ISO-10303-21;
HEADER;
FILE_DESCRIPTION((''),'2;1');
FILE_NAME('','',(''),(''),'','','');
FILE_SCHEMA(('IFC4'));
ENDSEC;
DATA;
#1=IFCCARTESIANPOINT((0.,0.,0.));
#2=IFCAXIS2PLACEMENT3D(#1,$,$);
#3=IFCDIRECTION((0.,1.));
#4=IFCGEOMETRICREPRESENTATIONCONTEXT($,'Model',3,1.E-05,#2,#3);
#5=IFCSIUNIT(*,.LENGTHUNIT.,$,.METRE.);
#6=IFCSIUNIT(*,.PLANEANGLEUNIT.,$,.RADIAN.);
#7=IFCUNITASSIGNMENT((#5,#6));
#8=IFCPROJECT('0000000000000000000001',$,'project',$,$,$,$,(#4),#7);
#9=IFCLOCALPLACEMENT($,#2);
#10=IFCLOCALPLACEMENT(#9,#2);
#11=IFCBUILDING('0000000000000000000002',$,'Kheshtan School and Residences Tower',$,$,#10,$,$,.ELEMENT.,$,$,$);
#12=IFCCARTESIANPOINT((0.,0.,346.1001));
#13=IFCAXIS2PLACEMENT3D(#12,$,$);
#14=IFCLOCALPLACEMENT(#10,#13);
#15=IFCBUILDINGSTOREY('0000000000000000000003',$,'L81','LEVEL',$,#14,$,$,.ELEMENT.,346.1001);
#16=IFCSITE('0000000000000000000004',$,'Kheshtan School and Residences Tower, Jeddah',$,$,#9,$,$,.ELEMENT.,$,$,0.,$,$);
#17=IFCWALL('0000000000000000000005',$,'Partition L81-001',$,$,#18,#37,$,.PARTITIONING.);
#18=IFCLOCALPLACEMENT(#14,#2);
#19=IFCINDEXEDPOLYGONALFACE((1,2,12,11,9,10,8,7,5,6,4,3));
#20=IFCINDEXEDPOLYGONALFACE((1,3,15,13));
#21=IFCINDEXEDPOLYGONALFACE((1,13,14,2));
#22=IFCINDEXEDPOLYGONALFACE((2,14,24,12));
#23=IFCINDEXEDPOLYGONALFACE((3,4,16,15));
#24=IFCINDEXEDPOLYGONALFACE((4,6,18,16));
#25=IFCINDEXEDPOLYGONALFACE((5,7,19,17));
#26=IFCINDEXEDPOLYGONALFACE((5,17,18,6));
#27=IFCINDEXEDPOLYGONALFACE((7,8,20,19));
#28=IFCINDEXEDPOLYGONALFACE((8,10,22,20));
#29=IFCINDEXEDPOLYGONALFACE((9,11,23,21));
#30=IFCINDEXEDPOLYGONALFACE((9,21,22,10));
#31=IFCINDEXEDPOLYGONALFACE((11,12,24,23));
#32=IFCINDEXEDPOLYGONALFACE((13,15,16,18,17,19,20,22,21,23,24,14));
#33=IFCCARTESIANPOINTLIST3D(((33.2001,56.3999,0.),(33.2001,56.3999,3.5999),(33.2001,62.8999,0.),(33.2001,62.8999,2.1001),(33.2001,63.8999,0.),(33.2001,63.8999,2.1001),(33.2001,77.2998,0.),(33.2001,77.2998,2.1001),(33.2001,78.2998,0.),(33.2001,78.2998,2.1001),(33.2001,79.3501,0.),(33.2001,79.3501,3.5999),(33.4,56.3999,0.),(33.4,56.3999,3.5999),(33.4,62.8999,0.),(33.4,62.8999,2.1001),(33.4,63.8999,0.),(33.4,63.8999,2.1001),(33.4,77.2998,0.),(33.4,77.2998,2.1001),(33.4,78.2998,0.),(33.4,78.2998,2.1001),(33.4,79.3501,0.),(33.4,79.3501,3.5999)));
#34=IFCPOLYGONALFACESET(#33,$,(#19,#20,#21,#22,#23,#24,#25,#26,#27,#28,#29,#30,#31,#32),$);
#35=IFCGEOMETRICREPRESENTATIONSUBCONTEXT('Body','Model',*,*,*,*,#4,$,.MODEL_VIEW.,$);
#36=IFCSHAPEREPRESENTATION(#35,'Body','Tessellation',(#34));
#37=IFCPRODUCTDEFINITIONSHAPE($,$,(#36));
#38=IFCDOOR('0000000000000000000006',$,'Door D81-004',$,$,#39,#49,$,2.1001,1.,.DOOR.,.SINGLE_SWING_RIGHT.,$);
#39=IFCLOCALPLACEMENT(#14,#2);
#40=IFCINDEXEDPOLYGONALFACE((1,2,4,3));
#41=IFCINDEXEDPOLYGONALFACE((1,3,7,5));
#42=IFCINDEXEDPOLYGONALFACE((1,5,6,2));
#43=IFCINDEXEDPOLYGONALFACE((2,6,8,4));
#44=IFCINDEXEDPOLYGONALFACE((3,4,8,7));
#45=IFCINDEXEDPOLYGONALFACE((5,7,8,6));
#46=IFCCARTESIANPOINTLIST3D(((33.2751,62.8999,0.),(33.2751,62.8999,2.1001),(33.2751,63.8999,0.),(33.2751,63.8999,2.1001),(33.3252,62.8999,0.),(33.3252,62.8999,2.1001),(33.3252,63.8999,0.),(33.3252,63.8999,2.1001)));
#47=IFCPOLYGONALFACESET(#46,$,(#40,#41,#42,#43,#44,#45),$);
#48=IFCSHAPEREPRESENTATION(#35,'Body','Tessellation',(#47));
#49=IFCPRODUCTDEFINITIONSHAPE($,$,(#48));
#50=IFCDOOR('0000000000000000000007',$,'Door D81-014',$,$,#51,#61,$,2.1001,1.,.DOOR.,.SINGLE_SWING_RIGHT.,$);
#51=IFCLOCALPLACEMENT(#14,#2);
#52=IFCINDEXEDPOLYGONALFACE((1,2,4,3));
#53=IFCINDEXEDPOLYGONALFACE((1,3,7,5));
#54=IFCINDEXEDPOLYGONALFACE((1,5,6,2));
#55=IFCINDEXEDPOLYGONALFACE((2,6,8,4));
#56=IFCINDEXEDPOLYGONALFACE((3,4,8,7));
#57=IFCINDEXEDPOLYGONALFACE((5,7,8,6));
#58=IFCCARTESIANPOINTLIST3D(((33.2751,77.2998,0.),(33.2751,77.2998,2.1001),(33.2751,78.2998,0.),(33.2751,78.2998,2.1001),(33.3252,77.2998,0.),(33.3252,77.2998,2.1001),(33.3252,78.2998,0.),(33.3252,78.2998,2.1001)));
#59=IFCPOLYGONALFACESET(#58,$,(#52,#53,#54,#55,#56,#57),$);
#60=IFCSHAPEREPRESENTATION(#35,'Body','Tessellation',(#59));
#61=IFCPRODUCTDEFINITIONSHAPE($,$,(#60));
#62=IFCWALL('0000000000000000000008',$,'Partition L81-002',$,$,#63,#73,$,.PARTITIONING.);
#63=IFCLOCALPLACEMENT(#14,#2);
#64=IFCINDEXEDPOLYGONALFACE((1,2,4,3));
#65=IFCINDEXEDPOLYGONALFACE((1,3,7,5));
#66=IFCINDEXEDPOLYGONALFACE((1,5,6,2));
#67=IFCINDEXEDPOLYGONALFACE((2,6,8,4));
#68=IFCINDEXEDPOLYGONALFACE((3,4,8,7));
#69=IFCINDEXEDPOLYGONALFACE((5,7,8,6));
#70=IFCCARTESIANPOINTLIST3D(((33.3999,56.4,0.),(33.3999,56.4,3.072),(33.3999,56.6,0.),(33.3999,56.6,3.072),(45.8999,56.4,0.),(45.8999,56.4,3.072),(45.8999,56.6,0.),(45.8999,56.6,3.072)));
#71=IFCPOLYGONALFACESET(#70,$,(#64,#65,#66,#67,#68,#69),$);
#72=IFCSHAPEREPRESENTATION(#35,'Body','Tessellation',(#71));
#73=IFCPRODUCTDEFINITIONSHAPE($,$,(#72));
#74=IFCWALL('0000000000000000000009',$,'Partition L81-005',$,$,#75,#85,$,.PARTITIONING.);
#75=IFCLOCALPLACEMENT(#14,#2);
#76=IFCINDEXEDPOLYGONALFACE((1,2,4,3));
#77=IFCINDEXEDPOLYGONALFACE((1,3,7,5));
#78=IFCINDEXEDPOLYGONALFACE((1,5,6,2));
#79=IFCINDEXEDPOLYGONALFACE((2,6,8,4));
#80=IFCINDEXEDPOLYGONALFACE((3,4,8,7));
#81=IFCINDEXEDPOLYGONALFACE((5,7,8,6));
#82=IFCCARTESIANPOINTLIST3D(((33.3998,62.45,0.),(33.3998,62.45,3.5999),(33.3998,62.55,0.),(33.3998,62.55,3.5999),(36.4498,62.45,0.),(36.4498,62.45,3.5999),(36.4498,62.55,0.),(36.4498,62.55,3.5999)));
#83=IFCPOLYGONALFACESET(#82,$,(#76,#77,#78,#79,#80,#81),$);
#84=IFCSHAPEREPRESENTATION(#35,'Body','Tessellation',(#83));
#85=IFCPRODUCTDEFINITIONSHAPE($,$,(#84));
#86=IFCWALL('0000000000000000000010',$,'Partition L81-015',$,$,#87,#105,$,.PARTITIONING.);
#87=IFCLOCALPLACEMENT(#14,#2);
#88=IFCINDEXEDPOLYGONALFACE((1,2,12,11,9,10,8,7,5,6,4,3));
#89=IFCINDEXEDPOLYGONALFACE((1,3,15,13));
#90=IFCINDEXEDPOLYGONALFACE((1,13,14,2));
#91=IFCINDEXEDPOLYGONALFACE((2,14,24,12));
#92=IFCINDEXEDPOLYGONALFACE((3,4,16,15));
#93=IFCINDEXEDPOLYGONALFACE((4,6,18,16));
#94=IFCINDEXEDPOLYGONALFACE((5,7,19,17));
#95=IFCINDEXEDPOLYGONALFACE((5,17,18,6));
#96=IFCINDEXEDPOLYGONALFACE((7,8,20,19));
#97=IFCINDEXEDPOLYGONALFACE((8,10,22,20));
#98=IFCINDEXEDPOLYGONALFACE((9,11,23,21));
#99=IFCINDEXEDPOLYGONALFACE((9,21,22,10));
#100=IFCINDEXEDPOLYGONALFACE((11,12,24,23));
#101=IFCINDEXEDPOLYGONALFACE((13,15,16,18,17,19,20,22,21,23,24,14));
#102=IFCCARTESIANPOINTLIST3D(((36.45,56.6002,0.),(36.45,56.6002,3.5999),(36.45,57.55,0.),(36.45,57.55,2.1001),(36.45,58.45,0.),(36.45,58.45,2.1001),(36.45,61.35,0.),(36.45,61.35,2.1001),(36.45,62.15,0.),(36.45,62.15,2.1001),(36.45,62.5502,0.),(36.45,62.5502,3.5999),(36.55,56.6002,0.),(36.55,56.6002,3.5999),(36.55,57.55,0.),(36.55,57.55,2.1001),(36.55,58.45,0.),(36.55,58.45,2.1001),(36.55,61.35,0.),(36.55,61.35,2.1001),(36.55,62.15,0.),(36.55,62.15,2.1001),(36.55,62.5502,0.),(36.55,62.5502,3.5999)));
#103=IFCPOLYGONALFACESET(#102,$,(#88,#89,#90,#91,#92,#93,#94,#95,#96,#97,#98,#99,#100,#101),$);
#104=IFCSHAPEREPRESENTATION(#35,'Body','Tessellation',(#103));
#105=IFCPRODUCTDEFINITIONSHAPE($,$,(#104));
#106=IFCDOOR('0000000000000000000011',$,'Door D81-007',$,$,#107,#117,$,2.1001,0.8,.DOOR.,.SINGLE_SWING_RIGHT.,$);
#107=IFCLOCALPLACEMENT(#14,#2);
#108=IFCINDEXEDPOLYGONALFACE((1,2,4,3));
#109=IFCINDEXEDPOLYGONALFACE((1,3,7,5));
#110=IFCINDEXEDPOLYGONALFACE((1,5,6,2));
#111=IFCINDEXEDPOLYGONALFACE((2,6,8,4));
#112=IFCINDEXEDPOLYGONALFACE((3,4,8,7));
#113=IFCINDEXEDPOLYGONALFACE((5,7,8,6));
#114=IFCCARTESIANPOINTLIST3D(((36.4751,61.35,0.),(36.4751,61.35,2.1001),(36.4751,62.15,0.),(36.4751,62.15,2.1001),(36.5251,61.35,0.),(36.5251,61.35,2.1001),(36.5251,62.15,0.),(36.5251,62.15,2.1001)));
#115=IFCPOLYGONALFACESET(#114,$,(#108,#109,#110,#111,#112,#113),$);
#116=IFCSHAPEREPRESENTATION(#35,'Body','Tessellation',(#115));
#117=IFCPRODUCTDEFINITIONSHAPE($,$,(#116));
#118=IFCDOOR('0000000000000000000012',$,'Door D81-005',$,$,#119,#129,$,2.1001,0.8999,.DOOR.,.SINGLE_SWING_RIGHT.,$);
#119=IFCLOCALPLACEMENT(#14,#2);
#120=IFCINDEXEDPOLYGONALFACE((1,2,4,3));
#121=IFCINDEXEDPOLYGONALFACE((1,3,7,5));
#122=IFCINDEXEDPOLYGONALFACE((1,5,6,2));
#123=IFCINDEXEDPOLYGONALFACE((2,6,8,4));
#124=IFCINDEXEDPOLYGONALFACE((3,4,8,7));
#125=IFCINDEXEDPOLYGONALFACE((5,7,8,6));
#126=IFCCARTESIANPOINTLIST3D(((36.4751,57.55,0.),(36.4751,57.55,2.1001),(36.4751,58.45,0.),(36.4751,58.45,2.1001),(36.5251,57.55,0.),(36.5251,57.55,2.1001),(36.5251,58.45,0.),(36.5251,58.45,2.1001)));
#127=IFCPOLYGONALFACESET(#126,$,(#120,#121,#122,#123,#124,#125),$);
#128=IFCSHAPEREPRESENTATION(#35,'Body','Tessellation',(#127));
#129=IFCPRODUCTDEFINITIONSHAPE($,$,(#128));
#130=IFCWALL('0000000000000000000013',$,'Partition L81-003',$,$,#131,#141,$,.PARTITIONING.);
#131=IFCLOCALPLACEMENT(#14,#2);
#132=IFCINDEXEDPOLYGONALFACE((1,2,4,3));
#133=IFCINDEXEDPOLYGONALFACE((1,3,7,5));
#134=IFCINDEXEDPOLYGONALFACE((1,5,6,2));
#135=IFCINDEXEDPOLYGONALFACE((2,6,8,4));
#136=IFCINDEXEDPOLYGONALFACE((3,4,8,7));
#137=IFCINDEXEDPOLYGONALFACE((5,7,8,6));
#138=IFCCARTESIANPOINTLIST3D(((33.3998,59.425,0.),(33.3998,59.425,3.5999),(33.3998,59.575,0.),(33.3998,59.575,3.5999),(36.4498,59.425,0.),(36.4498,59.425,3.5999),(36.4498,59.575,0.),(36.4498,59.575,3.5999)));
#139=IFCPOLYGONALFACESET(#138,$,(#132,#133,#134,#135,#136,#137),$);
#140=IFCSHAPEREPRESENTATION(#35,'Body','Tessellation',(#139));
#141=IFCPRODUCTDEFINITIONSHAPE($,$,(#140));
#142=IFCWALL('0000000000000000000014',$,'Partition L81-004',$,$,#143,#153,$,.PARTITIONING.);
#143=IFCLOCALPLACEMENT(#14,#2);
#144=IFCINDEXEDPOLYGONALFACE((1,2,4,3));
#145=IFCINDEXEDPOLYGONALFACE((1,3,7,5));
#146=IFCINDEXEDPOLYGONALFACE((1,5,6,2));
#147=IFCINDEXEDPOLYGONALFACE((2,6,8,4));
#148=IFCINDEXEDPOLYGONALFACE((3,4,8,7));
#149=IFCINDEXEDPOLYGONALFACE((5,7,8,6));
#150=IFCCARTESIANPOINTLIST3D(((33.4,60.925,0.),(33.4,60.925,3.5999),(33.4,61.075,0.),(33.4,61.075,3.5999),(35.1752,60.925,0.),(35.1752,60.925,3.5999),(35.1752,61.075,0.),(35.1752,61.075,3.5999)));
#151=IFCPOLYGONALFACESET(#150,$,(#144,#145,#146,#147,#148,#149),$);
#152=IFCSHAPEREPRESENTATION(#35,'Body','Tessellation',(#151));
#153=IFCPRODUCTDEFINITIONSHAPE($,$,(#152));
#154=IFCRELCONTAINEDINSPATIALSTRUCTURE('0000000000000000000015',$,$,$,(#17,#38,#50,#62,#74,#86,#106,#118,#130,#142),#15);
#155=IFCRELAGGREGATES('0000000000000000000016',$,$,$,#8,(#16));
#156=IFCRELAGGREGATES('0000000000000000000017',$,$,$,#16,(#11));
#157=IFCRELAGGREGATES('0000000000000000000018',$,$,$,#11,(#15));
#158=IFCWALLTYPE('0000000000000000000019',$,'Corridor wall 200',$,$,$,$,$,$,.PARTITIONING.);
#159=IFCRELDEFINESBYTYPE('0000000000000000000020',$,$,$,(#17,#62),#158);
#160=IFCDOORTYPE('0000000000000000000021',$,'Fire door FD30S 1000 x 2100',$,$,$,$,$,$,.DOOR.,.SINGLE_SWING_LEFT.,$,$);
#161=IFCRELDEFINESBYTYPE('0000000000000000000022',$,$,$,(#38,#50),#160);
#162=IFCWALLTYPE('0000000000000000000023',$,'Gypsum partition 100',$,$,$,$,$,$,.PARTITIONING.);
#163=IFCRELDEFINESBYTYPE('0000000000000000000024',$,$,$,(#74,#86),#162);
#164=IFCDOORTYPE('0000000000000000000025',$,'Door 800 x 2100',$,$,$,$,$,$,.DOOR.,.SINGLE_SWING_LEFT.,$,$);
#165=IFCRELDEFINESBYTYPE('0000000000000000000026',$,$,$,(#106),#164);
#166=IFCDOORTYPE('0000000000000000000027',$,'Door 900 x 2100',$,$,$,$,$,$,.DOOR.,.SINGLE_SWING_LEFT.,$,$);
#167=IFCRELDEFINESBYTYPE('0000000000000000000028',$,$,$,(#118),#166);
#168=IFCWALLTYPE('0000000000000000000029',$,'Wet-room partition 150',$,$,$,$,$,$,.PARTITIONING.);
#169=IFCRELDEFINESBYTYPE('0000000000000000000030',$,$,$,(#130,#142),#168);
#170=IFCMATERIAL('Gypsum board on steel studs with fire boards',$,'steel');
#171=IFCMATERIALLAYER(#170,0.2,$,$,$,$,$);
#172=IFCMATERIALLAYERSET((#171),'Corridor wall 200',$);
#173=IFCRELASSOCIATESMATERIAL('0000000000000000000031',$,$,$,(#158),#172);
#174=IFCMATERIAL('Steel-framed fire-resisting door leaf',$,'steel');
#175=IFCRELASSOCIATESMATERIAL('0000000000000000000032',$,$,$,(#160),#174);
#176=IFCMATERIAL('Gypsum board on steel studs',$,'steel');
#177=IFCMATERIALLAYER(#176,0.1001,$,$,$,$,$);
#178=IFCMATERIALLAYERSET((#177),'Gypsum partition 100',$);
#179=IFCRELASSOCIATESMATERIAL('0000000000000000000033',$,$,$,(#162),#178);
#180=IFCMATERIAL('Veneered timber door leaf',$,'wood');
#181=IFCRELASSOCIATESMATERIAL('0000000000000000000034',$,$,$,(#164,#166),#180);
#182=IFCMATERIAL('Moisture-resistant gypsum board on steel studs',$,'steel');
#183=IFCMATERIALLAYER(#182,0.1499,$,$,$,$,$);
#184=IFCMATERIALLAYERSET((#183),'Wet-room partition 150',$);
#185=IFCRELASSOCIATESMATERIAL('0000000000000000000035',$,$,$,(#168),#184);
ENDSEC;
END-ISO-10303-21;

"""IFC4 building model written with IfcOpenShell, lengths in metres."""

from ifc_helpers import new_model, si_unit, direction, frame, frame_2d, origin, place, context, subcontext, project, spatial, rectangle, extrude, source, transform, mapped, material, layer, layer_set, type_object, element, fill, save


model = new_model("IFC4")

# Units and contexts
model_context = context("Model", 3, precision=1e-05, world=origin(), true_north=direction((0.0, 1.0)))
body_context = subcontext(model_context, "Body", "Model", "MODEL_VIEW")
ifc_project = project(units=[si_unit("LENGTHUNIT", "METRE"), si_unit("PLANEANGLEUNIT", "RADIAN")], contexts=[model_context])

# Site, building, storey
site_placement = place(None, origin())
site = spatial("IfcSite", under=ifc_project, at=site_placement, Name="Kheshtan School and Residences Tower, Jeddah", CompositionType="ELEMENT", RefElevation=0.0)
building_placement = place(site_placement, origin())
building = spatial("IfcBuilding", under=site, at=building_placement, Name="Kheshtan School and Residences Tower", CompositionType="ELEMENT")
storey_placement = place(building_placement, frame((0.0, 0.0, 346.1001)))
storey = spatial("IfcBuildingStorey", under=building, at=storey_placement, Name="L81", Description="LEVEL", CompositionType="ELEMENT", Elevation=346.1001)

# Wall, openings, doors
ifc_material_1 = material(Name="Gypsum board on steel studs with fire boards", Category="steel")
ifc_layer_1 = layer(ifc_material_1, 0.2)
ifc_layer_set_1 = layer_set([ifc_layer_1], Name="Corridor wall 200")
wall_type_1 = type_object("IfcWallType", Name="Corridor wall 200", PredefinedType="PARTITIONING", material=ifc_layer_set_1)
wall_1_placement = place(storey_placement, frame((33.3, 56.3999, 0.0), z_axis=(0.0, 0.0, 1.0), x_axis=(0.0, 1.0, 0.0)))
wall_1 = element("IfcWall", 1, at=wall_1_placement, inside=storey, type_object=wall_type_1, Name="Partition L81-001", PredefinedType="PARTITIONING", context=body_context, shape_type="SweptSolid", body=[
    extrude(rectangle(XDim=22.9502, YDim=0.2, at=frame_2d((11.4751, 0.0))), origin(), (0.0, 0.0, 1.0), 3.5999),
])
opening_1_placement = place(wall_1_placement, frame((6.5, 0.0, 0.0)))
opening_1 = element("IfcOpeningElement", 2, at=opening_1_placement, cuts=wall_1, PredefinedType="OPENING", context=body_context, shape_type="SweptSolid", body=[
    extrude(rectangle(XDim=1.0, YDim=2.1001, at=frame_2d((0.5, 1.05))), frame((0.0, 0.1099, 0.0), z_axis=(0.0, -1.0, 0.0), x_axis=(1.0, 0.0, 0.0)), (0.0, 0.0, 1.0), 0.22),
])
opening_2_placement = place(wall_1_placement, frame((20.8999, 0.0, 0.0)))
opening_2 = element("IfcOpeningElement", 3, at=opening_2_placement, cuts=wall_1, PredefinedType="OPENING", context=body_context, shape_type="SweptSolid", body=[
    extrude(rectangle(XDim=1.0, YDim=2.1001, at=frame_2d((0.5, 1.05))), frame((0.0, 0.1099, 0.0), z_axis=(0.0, -1.0, 0.0), x_axis=(1.0, 0.0, 0.0)), (0.0, 0.0, 1.0), 0.22),
])
ifc_material_2 = material(Name="Steel-framed fire-resisting door leaf", Category="steel")
door_type_1 = type_object("IfcDoorType", Name="Fire door FD30S 1000 x 2100", OperationType="SINGLE_SWING_LEFT", PredefinedType="DOOR", material=ifc_material_2)
shared_shape_1 = source(origin(), body_context, "Body", "SweptSolid", [
    extrude(rectangle(XDim=1.0, YDim=2.1001, at=frame_2d((0.5, 1.05))), frame((0.0, 0.0249, 0.0), z_axis=(0.0, -1.0, 0.0), x_axis=(1.0, 0.0, 0.0)), (0.0, 0.0, 1.0), 0.05),
])
door_1_placement = place(opening_1_placement, origin())
door_1 = element("IfcDoor", 4, at=door_1_placement, inside=storey, type_object=door_type_1, Name="Door D81-004", OperationType="SINGLE_SWING_RIGHT", OverallHeight=2.1001, OverallWidth=1.0, PredefinedType="DOOR", context=body_context, shape_type="MappedRepresentation", body=[
    mapped(shared_shape_1, transform((0.0, 0.0, 0.0), x_axis=(1.0, 0.0, 0.0), y_axis=(0.0, 1.0, 0.0), z_axis=(0.0, 0.0, 1.0), scale=1.0)),
])
fill(opening_1, door_1)
door_2_placement = place(opening_2_placement, origin())
door_2 = element("IfcDoor", 5, at=door_2_placement, inside=storey, type_object=door_type_1, Name="Door D81-014", OperationType="SINGLE_SWING_RIGHT", OverallHeight=2.1001, OverallWidth=1.0, PredefinedType="DOOR", context=body_context, shape_type="MappedRepresentation", body=[
    mapped(shared_shape_1, transform((0.0, 0.0, 0.0), x_axis=(1.0, 0.0, 0.0), y_axis=(0.0, 1.0, 0.0), z_axis=(0.0, 0.0, 1.0), scale=1.0)),
])
fill(opening_2, door_2)

# Walls
wall_2_placement = place(storey_placement, frame((33.3999, 56.5, 0.0), z_axis=(0.0, 0.0, 1.0), x_axis=(1.0, 0.0, 0.0)))
element("IfcWall", 6, at=wall_2_placement, inside=storey, type_object=wall_type_1, Name="Partition L81-002", PredefinedType="PARTITIONING", context=body_context, shape_type="SweptSolid", body=[
    extrude(rectangle(XDim=12.5, YDim=0.2, at=frame_2d((6.25, 0.0))), origin(), (0.0, 0.0, 1.0), 3.072),
])
ifc_material_3 = material(Name="Gypsum board on steel studs", Category="steel")
ifc_layer_2 = layer(ifc_material_3, 0.1001)
ifc_layer_set_2 = layer_set([ifc_layer_2], Name="Gypsum partition 100")
wall_type_2 = type_object("IfcWallType", Name="Gypsum partition 100", PredefinedType="PARTITIONING", material=ifc_layer_set_2)
wall_3_placement = place(storey_placement, frame((33.3999, 62.5, 0.0), z_axis=(0.0, 0.0, 1.0), x_axis=(1.0, 0.0, 0.0)))
element("IfcWall", 7, at=wall_3_placement, inside=storey, type_object=wall_type_2, Name="Partition L81-005", PredefinedType="PARTITIONING", context=body_context, shape_type="SweptSolid", body=[
    extrude(rectangle(XDim=3.05, YDim=0.1001, at=frame_2d((1.5249, 0.0))), origin(), (0.0, 0.0, 1.0), 3.5999),
])

# Wall, openings, doors
wall_4_placement = place(storey_placement, frame((36.5, 56.6001, 0.0), z_axis=(0.0, 0.0, 1.0), x_axis=(0.0, 1.0, 0.0)))
wall_4 = element("IfcWall", 8, at=wall_4_placement, inside=storey, type_object=wall_type_2, Name="Partition L81-015", PredefinedType="PARTITIONING", context=body_context, shape_type="SweptSolid", body=[
    extrude(rectangle(XDim=5.95, YDim=0.1001, at=frame_2d((2.9751, 0.0))), origin(), (0.0, 0.0, 1.0), 3.5999),
])
opening_3_placement = place(wall_4_placement, frame((0.95, 0.0, 0.0)))
opening_3 = element("IfcOpeningElement", 9, at=opening_3_placement, cuts=wall_4, PredefinedType="OPENING", context=body_context, shape_type="SweptSolid", body=[
    extrude(rectangle(XDim=0.8999, YDim=2.1001, at=frame_2d((0.45, 1.05))), frame((0.0, 0.0601, 0.0), z_axis=(0.0, -1.0, 0.0), x_axis=(1.0, 0.0, 0.0)), (0.0, 0.0, 1.0), 0.1201),
])
opening_4_placement = place(wall_4_placement, frame((4.75, 0.0, 0.0)))
opening_4 = element("IfcOpeningElement", 10, at=opening_4_placement, cuts=wall_4, PredefinedType="OPENING", context=body_context, shape_type="SweptSolid", body=[
    extrude(rectangle(XDim=0.8, YDim=2.1001, at=frame_2d((0.3999, 1.05))), frame((0.0, 0.0601, 0.0), z_axis=(0.0, -1.0, 0.0), x_axis=(1.0, 0.0, 0.0)), (0.0, 0.0, 1.0), 0.1201),
])
ifc_material_4 = material(Name="Veneered timber door leaf", Category="wood")
door_type_2 = type_object("IfcDoorType", Name="Door 800 x 2100", OperationType="SINGLE_SWING_LEFT", PredefinedType="DOOR", material=ifc_material_4)
shared_shape_2 = source(origin(), body_context, "Body", "SweptSolid", [
    extrude(rectangle(XDim=0.8, YDim=2.1001, at=frame_2d((0.3999, 1.05))), frame((0.0, 0.0249, 0.0), z_axis=(0.0, -1.0, 0.0), x_axis=(1.0, 0.0, 0.0)), (0.0, 0.0, 1.0), 0.05),
])
door_3_placement = place(opening_4_placement, origin())
door_3 = element("IfcDoor", 11, at=door_3_placement, inside=storey, type_object=door_type_2, Name="Door D81-007", OperationType="SINGLE_SWING_RIGHT", OverallHeight=2.1001, OverallWidth=0.8, PredefinedType="DOOR", context=body_context, shape_type="MappedRepresentation", body=[
    mapped(shared_shape_2, transform((0.0, 0.0, 0.0), x_axis=(1.0, 0.0, 0.0), y_axis=(0.0, 1.0, 0.0), z_axis=(0.0, 0.0, 1.0), scale=1.0)),
])
fill(opening_4, door_3)
door_type_3 = type_object("IfcDoorType", Name="Door 900 x 2100", OperationType="SINGLE_SWING_LEFT", PredefinedType="DOOR", material=ifc_material_4)
shared_shape_3 = source(origin(), body_context, "Body", "SweptSolid", [
    extrude(rectangle(XDim=0.8999, YDim=2.1001, at=frame_2d((0.45, 1.05))), frame((0.0, 0.0249, 0.0), z_axis=(0.0, -1.0, 0.0), x_axis=(1.0, 0.0, 0.0)), (0.0, 0.0, 1.0), 0.05),
])
door_4_placement = place(opening_3_placement, origin())
door_4 = element("IfcDoor", 12, at=door_4_placement, inside=storey, type_object=door_type_3, Name="Door D81-005", OperationType="SINGLE_SWING_RIGHT", OverallHeight=2.1001, OverallWidth=0.8999, PredefinedType="DOOR", context=body_context, shape_type="MappedRepresentation", body=[
    mapped(shared_shape_3, transform((0.0, 0.0, 0.0), x_axis=(1.0, 0.0, 0.0), y_axis=(0.0, 1.0, 0.0), z_axis=(0.0, 0.0, 1.0), scale=1.0)),
])
fill(opening_3, door_4)

# Walls
ifc_material_5 = material(Name="Moisture-resistant gypsum board on steel studs", Category="steel")
ifc_layer_3 = layer(ifc_material_5, 0.1499)
ifc_layer_set_3 = layer_set([ifc_layer_3], Name="Wet-room partition 150")
wall_type_3 = type_object("IfcWallType", Name="Wet-room partition 150", PredefinedType="PARTITIONING", material=ifc_layer_set_3)
wall_5_placement = place(storey_placement, frame((33.3999, 59.5, 0.0), z_axis=(0.0, 0.0, 1.0), x_axis=(1.0, 0.0, 0.0)))
element("IfcWall", 13, at=wall_5_placement, inside=storey, type_object=wall_type_3, Name="Partition L81-003", PredefinedType="PARTITIONING", context=body_context, shape_type="SweptSolid", body=[
    extrude(rectangle(XDim=3.05, YDim=0.1499, at=frame_2d((1.5249, 0.0))), origin(), (0.0, 0.0, 1.0), 3.5999),
])
wall_6_placement = place(storey_placement, frame((33.3999, 61.0, 0.0), z_axis=(0.0, 0.0, 1.0), x_axis=(1.0, 0.0, 0.0)))
element("IfcWall", 14, at=wall_6_placement, inside=storey, type_object=wall_type_3, Name="Partition L81-004", PredefinedType="PARTITIONING", context=body_context, shape_type="SweptSolid", body=[
    extrude(rectangle(XDim=1.7751, YDim=0.1499, at=frame_2d((0.8877, 0.0))), origin(), (0.0, 0.0, 1.0), 3.5999),
])

save(model, "model.ifc")
